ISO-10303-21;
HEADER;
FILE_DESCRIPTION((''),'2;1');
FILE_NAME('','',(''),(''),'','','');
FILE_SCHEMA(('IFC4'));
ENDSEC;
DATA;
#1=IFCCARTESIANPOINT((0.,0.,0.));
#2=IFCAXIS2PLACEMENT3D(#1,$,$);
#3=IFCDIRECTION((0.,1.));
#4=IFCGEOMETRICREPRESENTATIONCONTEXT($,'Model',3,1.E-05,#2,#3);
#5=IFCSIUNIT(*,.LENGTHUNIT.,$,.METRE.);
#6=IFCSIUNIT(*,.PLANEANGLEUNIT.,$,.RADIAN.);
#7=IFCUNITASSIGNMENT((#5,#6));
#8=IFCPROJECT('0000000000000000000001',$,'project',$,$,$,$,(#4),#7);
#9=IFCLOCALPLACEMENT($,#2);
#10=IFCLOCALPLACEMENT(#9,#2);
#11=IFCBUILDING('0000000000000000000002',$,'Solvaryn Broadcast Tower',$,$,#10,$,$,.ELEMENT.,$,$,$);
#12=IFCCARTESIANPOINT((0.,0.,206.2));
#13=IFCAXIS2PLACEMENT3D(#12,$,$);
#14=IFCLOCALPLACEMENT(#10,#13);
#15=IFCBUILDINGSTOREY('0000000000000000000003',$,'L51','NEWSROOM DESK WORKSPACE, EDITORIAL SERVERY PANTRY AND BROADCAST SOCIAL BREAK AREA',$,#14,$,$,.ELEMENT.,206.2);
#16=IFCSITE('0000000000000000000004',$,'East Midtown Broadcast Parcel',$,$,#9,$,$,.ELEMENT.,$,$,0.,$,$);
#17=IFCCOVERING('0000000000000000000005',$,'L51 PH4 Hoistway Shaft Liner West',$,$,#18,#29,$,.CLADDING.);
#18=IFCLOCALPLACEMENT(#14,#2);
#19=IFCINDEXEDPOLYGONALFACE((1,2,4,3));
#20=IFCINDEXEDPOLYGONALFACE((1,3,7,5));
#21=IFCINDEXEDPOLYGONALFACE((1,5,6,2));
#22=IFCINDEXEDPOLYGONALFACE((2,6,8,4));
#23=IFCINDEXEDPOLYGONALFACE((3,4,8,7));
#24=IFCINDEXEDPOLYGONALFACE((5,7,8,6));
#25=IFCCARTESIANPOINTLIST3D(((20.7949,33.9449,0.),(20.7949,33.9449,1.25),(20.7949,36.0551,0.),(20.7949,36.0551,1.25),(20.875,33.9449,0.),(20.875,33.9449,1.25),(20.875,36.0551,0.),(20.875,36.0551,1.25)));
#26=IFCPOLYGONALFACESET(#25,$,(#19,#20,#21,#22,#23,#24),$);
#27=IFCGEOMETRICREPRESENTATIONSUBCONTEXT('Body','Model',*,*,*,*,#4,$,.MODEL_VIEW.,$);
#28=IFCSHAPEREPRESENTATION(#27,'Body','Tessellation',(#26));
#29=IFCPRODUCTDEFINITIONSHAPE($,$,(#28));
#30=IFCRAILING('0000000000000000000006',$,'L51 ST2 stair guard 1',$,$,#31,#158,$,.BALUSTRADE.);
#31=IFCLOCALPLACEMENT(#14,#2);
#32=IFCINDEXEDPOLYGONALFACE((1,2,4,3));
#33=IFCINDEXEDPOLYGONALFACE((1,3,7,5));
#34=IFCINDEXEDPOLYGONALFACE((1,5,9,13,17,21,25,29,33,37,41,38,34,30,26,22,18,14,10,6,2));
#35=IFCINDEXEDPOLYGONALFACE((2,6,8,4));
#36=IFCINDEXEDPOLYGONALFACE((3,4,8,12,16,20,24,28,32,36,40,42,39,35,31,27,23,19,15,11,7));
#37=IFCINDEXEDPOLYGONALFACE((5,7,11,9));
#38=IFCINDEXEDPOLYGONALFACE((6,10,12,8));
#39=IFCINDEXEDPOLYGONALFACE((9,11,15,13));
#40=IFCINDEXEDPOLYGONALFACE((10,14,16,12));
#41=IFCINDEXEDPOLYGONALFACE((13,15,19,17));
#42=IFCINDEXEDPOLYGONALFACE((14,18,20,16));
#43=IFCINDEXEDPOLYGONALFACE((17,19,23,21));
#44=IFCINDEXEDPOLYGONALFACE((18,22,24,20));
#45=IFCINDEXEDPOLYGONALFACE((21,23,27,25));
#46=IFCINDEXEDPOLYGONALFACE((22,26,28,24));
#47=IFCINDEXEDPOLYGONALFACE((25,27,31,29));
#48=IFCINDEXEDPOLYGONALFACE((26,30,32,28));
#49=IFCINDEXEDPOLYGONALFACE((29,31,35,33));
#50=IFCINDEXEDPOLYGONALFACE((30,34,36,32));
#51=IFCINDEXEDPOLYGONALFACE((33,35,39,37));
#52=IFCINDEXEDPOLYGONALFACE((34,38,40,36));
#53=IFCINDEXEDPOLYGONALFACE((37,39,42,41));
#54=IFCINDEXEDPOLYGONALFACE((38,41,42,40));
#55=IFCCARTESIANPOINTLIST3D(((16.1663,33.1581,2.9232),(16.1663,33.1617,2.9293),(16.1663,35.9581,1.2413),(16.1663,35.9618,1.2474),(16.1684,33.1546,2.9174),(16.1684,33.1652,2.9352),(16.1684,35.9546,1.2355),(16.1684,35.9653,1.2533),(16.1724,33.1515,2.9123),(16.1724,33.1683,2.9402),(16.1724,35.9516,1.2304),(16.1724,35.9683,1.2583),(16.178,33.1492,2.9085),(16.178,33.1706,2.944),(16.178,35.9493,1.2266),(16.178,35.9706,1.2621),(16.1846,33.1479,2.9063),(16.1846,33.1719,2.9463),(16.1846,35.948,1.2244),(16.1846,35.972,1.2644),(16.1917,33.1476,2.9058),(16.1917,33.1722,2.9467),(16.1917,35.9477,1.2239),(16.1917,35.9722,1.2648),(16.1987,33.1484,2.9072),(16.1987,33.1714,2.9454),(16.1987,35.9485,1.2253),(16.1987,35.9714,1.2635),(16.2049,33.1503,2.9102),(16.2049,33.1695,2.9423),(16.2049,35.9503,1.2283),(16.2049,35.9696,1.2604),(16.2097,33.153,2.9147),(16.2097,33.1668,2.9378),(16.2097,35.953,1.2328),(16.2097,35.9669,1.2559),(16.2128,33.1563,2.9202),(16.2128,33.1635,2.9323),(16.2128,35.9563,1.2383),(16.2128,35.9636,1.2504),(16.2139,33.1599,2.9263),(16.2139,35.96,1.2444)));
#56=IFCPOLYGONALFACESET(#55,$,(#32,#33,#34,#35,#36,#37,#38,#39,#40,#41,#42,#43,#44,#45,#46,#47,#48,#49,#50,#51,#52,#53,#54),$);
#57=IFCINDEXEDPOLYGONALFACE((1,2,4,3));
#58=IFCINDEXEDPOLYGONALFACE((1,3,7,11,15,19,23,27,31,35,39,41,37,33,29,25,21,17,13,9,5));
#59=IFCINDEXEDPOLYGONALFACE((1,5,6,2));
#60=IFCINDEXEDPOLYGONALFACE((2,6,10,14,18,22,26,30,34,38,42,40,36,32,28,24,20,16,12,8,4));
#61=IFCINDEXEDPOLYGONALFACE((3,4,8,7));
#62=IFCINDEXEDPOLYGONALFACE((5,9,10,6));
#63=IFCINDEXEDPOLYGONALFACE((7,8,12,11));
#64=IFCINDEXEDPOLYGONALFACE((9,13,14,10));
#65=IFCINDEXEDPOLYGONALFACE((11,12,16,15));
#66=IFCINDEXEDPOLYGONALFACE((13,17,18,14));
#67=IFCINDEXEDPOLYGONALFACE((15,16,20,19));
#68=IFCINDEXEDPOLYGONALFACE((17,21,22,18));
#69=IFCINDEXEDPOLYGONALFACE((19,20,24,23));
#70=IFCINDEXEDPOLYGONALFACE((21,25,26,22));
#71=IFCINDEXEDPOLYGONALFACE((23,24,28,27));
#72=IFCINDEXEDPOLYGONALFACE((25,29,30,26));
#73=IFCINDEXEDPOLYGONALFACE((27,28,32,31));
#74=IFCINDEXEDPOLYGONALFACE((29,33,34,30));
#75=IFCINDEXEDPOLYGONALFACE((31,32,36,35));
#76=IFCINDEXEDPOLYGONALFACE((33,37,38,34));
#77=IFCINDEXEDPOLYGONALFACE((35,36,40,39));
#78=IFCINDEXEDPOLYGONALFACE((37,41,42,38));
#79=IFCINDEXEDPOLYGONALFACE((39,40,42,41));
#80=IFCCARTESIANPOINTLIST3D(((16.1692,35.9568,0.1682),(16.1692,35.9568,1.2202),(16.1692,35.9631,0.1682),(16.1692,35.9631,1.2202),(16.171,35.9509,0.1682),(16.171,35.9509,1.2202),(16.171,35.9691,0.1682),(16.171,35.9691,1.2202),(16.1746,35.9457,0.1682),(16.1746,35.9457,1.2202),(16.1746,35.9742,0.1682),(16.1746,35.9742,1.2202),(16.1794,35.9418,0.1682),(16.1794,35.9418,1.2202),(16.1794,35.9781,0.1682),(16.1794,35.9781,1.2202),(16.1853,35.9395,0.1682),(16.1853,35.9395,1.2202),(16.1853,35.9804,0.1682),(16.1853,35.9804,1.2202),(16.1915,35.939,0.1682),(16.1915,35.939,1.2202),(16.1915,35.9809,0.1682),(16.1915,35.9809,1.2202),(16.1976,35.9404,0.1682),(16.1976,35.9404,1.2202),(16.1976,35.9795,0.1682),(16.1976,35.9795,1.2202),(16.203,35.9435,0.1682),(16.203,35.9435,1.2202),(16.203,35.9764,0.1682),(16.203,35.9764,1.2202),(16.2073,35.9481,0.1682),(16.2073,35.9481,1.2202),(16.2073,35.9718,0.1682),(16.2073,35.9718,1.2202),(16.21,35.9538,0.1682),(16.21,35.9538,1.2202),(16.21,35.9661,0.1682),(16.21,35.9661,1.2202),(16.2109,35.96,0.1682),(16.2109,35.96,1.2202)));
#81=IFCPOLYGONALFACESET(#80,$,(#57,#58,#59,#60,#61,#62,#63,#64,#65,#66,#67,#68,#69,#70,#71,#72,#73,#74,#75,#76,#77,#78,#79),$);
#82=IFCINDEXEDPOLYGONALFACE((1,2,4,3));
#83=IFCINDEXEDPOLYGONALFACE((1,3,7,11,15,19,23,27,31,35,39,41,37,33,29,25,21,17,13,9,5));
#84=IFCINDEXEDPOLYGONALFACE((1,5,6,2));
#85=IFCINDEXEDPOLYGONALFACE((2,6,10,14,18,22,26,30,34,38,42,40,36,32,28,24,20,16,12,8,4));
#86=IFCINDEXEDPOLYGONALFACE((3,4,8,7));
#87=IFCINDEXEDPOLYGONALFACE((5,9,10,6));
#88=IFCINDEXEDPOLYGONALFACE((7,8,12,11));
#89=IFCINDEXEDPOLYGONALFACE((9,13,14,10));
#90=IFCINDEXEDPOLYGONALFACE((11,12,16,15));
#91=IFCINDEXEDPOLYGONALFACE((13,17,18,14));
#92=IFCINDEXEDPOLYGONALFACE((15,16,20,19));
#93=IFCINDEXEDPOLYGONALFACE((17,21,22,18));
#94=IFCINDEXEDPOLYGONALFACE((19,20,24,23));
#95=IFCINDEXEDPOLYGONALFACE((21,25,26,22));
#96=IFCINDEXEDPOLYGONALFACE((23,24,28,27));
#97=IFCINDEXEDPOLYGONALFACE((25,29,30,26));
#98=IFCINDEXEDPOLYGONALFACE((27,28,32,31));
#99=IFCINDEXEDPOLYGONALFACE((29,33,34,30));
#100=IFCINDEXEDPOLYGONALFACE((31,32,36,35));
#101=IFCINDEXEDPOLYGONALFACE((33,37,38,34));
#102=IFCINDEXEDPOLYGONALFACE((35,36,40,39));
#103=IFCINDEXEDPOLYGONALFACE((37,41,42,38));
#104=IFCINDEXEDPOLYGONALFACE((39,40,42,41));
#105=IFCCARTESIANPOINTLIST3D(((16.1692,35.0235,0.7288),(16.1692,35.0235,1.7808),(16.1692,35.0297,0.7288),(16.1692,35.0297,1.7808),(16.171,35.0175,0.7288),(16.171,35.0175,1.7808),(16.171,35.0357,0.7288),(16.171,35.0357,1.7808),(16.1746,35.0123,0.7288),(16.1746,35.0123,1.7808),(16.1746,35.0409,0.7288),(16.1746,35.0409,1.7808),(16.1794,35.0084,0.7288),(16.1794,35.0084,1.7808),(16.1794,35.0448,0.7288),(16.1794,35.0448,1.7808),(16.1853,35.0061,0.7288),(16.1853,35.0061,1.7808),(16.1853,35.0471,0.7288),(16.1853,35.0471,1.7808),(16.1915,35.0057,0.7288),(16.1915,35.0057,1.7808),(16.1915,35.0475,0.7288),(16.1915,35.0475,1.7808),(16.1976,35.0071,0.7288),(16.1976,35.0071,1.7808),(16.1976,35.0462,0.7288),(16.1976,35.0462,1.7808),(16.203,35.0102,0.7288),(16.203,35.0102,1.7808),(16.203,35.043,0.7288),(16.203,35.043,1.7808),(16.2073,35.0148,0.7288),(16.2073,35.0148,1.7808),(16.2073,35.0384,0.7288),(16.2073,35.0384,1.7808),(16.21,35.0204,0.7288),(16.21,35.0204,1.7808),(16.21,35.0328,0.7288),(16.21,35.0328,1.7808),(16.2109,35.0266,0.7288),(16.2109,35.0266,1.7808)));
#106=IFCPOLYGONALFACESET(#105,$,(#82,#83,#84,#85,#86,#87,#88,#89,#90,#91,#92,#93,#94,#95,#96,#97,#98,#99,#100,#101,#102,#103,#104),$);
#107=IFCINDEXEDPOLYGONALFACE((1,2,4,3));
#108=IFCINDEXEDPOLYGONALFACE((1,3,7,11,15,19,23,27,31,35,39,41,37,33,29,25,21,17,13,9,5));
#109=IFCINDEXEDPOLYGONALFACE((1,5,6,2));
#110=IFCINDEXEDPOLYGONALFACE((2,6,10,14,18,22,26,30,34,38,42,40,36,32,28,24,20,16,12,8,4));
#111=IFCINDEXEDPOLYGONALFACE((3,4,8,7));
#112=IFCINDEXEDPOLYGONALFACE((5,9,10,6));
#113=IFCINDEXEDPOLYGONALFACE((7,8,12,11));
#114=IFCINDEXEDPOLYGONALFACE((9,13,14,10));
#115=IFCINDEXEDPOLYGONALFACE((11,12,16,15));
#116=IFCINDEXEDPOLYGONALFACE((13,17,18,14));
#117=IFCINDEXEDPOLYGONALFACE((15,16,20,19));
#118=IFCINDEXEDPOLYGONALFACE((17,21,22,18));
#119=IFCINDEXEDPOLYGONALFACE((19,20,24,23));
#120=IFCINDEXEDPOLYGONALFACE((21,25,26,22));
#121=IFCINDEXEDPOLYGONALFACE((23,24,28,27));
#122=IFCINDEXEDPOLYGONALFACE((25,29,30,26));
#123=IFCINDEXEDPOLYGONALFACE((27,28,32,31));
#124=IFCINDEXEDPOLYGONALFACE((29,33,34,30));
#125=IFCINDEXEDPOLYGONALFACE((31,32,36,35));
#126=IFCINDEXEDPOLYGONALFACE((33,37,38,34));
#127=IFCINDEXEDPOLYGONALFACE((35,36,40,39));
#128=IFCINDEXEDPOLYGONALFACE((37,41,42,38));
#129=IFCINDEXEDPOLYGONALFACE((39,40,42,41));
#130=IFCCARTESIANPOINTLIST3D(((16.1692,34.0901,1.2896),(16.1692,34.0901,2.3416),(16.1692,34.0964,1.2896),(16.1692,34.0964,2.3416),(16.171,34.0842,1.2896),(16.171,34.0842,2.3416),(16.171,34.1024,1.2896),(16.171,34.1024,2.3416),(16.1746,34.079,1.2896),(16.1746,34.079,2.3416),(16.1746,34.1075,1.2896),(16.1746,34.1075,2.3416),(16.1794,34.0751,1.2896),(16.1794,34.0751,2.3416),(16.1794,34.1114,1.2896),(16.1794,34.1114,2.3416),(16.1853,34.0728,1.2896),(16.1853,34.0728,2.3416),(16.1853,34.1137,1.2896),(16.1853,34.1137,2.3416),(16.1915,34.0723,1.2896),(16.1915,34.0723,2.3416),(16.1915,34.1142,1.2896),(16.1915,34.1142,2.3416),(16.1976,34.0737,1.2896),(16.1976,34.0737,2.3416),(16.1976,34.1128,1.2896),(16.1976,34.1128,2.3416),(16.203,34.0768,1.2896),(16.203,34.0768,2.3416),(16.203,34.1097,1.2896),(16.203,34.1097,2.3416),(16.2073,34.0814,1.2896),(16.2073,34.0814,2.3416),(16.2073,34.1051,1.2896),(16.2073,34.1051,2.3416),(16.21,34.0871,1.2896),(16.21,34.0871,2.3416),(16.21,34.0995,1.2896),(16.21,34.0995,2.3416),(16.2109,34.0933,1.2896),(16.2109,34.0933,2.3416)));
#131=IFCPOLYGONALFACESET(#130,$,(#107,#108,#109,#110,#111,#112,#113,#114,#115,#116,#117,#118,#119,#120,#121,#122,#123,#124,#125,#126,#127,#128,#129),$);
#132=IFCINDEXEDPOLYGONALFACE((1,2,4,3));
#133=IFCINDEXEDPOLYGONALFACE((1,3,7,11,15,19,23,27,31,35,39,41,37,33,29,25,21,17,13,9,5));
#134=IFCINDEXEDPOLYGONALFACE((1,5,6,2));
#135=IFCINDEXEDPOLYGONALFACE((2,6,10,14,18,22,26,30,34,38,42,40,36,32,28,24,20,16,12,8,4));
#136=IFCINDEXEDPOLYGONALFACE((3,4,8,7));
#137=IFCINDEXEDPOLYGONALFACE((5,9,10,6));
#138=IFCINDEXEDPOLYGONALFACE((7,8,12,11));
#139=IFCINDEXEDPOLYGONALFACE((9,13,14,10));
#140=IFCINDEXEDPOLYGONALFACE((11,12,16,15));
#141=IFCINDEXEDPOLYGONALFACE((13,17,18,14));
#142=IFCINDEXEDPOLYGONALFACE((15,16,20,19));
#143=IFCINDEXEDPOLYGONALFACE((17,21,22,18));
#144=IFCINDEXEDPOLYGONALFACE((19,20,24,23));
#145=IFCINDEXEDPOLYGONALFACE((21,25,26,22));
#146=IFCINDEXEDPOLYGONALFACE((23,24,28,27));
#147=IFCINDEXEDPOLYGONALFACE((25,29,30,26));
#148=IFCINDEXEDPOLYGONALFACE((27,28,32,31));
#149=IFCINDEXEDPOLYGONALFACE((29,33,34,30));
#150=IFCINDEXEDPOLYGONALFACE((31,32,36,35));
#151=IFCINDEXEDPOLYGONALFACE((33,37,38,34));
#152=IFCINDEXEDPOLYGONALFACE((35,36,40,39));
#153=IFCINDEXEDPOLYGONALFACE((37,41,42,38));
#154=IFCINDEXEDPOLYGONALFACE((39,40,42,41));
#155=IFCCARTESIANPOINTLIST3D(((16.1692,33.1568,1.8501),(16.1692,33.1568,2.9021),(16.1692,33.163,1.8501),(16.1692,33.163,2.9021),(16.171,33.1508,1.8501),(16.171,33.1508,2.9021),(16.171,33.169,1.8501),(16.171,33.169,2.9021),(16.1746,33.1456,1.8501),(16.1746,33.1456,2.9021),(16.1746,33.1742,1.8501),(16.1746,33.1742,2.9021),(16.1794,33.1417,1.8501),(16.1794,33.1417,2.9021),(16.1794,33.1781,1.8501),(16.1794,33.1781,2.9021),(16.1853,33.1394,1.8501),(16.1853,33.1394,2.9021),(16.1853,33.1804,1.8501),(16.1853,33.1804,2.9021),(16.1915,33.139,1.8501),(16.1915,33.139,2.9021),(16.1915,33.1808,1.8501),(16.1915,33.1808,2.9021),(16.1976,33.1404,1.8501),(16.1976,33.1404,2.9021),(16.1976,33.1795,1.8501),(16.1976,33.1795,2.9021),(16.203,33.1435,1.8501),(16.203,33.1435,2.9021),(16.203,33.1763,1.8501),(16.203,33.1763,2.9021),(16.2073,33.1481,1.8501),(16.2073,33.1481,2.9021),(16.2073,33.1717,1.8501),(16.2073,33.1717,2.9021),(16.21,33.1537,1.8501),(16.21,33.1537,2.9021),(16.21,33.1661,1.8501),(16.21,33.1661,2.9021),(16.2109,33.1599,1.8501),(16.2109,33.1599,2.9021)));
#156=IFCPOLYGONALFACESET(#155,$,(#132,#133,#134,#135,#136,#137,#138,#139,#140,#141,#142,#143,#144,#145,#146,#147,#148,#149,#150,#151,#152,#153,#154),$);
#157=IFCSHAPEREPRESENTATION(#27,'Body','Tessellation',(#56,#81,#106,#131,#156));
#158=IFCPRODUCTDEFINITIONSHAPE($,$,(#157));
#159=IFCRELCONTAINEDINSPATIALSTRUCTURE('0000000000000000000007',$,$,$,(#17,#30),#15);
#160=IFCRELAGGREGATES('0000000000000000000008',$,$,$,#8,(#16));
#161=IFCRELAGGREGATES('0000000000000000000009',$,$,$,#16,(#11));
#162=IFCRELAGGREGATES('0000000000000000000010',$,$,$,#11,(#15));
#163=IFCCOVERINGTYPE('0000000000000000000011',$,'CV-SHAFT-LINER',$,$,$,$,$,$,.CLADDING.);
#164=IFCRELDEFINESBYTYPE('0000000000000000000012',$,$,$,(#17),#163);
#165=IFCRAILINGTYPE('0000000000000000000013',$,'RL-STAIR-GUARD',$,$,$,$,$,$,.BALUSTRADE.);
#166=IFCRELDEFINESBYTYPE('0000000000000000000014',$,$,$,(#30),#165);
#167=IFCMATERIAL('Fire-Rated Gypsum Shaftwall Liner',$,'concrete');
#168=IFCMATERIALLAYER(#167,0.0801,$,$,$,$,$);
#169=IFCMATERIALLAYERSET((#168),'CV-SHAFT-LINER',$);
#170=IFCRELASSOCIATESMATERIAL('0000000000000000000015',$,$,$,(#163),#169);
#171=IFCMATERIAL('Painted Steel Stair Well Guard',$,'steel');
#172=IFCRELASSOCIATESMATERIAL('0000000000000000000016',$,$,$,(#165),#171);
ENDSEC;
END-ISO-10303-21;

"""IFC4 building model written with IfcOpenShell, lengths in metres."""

from ifc_helpers import new_model, si_unit, direction, frame, origin, origin_2d, place, context, subcontext, project, spatial, rectangle, circle, extrude, material, layer, layer_set, type_object, element, save


model = new_model("IFC4")

# Units and contexts
model_context = context("Model", 3, precision=1e-05, world=origin(), true_north=direction((0.0, 1.0)))
body_context = subcontext(model_context, "Body", "Model", "MODEL_VIEW")
ifc_project = project(units=[si_unit("LENGTHUNIT", "METRE"), si_unit("PLANEANGLEUNIT", "RADIAN")], contexts=[model_context])

# Site, building, storey
site_placement = place(None, origin())
site = spatial("IfcSite", under=ifc_project, at=site_placement, Name="East Midtown Broadcast Parcel", CompositionType="ELEMENT", RefElevation=0.0)
building_placement = place(site_placement, origin())
building = spatial("IfcBuilding", under=site, at=building_placement, Name="Solvaryn Broadcast Tower", CompositionType="ELEMENT")
storey_placement = place(building_placement, frame((0.0, 0.0, 206.2)))
storey = spatial("IfcBuildingStorey", under=building, at=storey_placement, Name="L51", Description="NEWSROOM DESK WORKSPACE, EDITORIAL SERVERY PANTRY AND BROADCAST SOCIAL BREAK AREA", CompositionType="ELEMENT", Elevation=206.2)

# Covering
ifc_material_1 = material(Name="Fire-Rated Gypsum Shaftwall Liner", Category="concrete")
ifc_layer_1 = layer(ifc_material_1, 0.0801)
ifc_layer_set_1 = layer_set([ifc_layer_1], Name="CV-SHAFT-LINER")
covering_type = type_object("IfcCoveringType", Name="CV-SHAFT-LINER", PredefinedType="CLADDING", material=ifc_layer_set_1)
for number, where, z_axis, x_axis, name in (
    (1, (20.835, 35.0, 0.0), (0.0, 0.0, 1.0), (1.0, 0.0, 0.0), "L51 PH4 Hoistway Shaft Liner West"),
):
    element("IfcCovering", number, at=place(storey_placement, frame(where, z_axis=z_axis, x_axis=x_axis)), inside=storey, type_object=covering_type, Name=name, PredefinedType="CLADDING", context=body_context, shape_type="SweptSolid", body=[
        extrude(rectangle(XDim=0.0801, YDim=2.1101, at=origin_2d()), origin(), (0.0, 0.0, 1.0), 1.25),
    ])

# Railing
ifc_material_2 = material(Name="Painted Steel Stair Well Guard", Category="steel")
railing_type_1 = type_object("IfcRailingType", Name="RL-STAIR-GUARD", PredefinedType="BALUSTRADE", material=ifc_material_2)
railing_1_placement = place(storey_placement, frame((16.1899, 35.96, 0.1682)))
element("IfcRailing", 2, at=railing_1_placement, inside=storey, type_object=railing_type_1, Name="L51 ST2 stair guard 1", PredefinedType="BALUSTRADE", context=body_context, shape_type="SweptSolid", body=[
    extrude(circle(Radius=0.0239, at=origin_2d()), frame((0.0, 0.0, 1.0762), z_axis=(0.0, -0.857242, 0.514913), x_axis=(1.0, 0.0, 0.0)), (0.0, 0.0, 1.0), 3.2664),
    extrude(circle(Radius=0.021, at=origin_2d()), origin(), (0.0, 0.0, 1.0), 1.052),
    extrude(circle(Radius=0.021, at=origin_2d()), frame((0.0, -0.9333, 0.5605)), (0.0, 0.0, 1.0), 1.052),
    extrude(circle(Radius=0.021, at=origin_2d()), frame((0.0, -1.8667, 1.1213)), (0.0, 0.0, 1.0), 1.052),
    extrude(circle(Radius=0.021, at=origin_2d()), frame((0.0, -2.8, 1.6819)), (0.0, 0.0, 1.0), 1.052),
])

save(model, "model.ifc")
